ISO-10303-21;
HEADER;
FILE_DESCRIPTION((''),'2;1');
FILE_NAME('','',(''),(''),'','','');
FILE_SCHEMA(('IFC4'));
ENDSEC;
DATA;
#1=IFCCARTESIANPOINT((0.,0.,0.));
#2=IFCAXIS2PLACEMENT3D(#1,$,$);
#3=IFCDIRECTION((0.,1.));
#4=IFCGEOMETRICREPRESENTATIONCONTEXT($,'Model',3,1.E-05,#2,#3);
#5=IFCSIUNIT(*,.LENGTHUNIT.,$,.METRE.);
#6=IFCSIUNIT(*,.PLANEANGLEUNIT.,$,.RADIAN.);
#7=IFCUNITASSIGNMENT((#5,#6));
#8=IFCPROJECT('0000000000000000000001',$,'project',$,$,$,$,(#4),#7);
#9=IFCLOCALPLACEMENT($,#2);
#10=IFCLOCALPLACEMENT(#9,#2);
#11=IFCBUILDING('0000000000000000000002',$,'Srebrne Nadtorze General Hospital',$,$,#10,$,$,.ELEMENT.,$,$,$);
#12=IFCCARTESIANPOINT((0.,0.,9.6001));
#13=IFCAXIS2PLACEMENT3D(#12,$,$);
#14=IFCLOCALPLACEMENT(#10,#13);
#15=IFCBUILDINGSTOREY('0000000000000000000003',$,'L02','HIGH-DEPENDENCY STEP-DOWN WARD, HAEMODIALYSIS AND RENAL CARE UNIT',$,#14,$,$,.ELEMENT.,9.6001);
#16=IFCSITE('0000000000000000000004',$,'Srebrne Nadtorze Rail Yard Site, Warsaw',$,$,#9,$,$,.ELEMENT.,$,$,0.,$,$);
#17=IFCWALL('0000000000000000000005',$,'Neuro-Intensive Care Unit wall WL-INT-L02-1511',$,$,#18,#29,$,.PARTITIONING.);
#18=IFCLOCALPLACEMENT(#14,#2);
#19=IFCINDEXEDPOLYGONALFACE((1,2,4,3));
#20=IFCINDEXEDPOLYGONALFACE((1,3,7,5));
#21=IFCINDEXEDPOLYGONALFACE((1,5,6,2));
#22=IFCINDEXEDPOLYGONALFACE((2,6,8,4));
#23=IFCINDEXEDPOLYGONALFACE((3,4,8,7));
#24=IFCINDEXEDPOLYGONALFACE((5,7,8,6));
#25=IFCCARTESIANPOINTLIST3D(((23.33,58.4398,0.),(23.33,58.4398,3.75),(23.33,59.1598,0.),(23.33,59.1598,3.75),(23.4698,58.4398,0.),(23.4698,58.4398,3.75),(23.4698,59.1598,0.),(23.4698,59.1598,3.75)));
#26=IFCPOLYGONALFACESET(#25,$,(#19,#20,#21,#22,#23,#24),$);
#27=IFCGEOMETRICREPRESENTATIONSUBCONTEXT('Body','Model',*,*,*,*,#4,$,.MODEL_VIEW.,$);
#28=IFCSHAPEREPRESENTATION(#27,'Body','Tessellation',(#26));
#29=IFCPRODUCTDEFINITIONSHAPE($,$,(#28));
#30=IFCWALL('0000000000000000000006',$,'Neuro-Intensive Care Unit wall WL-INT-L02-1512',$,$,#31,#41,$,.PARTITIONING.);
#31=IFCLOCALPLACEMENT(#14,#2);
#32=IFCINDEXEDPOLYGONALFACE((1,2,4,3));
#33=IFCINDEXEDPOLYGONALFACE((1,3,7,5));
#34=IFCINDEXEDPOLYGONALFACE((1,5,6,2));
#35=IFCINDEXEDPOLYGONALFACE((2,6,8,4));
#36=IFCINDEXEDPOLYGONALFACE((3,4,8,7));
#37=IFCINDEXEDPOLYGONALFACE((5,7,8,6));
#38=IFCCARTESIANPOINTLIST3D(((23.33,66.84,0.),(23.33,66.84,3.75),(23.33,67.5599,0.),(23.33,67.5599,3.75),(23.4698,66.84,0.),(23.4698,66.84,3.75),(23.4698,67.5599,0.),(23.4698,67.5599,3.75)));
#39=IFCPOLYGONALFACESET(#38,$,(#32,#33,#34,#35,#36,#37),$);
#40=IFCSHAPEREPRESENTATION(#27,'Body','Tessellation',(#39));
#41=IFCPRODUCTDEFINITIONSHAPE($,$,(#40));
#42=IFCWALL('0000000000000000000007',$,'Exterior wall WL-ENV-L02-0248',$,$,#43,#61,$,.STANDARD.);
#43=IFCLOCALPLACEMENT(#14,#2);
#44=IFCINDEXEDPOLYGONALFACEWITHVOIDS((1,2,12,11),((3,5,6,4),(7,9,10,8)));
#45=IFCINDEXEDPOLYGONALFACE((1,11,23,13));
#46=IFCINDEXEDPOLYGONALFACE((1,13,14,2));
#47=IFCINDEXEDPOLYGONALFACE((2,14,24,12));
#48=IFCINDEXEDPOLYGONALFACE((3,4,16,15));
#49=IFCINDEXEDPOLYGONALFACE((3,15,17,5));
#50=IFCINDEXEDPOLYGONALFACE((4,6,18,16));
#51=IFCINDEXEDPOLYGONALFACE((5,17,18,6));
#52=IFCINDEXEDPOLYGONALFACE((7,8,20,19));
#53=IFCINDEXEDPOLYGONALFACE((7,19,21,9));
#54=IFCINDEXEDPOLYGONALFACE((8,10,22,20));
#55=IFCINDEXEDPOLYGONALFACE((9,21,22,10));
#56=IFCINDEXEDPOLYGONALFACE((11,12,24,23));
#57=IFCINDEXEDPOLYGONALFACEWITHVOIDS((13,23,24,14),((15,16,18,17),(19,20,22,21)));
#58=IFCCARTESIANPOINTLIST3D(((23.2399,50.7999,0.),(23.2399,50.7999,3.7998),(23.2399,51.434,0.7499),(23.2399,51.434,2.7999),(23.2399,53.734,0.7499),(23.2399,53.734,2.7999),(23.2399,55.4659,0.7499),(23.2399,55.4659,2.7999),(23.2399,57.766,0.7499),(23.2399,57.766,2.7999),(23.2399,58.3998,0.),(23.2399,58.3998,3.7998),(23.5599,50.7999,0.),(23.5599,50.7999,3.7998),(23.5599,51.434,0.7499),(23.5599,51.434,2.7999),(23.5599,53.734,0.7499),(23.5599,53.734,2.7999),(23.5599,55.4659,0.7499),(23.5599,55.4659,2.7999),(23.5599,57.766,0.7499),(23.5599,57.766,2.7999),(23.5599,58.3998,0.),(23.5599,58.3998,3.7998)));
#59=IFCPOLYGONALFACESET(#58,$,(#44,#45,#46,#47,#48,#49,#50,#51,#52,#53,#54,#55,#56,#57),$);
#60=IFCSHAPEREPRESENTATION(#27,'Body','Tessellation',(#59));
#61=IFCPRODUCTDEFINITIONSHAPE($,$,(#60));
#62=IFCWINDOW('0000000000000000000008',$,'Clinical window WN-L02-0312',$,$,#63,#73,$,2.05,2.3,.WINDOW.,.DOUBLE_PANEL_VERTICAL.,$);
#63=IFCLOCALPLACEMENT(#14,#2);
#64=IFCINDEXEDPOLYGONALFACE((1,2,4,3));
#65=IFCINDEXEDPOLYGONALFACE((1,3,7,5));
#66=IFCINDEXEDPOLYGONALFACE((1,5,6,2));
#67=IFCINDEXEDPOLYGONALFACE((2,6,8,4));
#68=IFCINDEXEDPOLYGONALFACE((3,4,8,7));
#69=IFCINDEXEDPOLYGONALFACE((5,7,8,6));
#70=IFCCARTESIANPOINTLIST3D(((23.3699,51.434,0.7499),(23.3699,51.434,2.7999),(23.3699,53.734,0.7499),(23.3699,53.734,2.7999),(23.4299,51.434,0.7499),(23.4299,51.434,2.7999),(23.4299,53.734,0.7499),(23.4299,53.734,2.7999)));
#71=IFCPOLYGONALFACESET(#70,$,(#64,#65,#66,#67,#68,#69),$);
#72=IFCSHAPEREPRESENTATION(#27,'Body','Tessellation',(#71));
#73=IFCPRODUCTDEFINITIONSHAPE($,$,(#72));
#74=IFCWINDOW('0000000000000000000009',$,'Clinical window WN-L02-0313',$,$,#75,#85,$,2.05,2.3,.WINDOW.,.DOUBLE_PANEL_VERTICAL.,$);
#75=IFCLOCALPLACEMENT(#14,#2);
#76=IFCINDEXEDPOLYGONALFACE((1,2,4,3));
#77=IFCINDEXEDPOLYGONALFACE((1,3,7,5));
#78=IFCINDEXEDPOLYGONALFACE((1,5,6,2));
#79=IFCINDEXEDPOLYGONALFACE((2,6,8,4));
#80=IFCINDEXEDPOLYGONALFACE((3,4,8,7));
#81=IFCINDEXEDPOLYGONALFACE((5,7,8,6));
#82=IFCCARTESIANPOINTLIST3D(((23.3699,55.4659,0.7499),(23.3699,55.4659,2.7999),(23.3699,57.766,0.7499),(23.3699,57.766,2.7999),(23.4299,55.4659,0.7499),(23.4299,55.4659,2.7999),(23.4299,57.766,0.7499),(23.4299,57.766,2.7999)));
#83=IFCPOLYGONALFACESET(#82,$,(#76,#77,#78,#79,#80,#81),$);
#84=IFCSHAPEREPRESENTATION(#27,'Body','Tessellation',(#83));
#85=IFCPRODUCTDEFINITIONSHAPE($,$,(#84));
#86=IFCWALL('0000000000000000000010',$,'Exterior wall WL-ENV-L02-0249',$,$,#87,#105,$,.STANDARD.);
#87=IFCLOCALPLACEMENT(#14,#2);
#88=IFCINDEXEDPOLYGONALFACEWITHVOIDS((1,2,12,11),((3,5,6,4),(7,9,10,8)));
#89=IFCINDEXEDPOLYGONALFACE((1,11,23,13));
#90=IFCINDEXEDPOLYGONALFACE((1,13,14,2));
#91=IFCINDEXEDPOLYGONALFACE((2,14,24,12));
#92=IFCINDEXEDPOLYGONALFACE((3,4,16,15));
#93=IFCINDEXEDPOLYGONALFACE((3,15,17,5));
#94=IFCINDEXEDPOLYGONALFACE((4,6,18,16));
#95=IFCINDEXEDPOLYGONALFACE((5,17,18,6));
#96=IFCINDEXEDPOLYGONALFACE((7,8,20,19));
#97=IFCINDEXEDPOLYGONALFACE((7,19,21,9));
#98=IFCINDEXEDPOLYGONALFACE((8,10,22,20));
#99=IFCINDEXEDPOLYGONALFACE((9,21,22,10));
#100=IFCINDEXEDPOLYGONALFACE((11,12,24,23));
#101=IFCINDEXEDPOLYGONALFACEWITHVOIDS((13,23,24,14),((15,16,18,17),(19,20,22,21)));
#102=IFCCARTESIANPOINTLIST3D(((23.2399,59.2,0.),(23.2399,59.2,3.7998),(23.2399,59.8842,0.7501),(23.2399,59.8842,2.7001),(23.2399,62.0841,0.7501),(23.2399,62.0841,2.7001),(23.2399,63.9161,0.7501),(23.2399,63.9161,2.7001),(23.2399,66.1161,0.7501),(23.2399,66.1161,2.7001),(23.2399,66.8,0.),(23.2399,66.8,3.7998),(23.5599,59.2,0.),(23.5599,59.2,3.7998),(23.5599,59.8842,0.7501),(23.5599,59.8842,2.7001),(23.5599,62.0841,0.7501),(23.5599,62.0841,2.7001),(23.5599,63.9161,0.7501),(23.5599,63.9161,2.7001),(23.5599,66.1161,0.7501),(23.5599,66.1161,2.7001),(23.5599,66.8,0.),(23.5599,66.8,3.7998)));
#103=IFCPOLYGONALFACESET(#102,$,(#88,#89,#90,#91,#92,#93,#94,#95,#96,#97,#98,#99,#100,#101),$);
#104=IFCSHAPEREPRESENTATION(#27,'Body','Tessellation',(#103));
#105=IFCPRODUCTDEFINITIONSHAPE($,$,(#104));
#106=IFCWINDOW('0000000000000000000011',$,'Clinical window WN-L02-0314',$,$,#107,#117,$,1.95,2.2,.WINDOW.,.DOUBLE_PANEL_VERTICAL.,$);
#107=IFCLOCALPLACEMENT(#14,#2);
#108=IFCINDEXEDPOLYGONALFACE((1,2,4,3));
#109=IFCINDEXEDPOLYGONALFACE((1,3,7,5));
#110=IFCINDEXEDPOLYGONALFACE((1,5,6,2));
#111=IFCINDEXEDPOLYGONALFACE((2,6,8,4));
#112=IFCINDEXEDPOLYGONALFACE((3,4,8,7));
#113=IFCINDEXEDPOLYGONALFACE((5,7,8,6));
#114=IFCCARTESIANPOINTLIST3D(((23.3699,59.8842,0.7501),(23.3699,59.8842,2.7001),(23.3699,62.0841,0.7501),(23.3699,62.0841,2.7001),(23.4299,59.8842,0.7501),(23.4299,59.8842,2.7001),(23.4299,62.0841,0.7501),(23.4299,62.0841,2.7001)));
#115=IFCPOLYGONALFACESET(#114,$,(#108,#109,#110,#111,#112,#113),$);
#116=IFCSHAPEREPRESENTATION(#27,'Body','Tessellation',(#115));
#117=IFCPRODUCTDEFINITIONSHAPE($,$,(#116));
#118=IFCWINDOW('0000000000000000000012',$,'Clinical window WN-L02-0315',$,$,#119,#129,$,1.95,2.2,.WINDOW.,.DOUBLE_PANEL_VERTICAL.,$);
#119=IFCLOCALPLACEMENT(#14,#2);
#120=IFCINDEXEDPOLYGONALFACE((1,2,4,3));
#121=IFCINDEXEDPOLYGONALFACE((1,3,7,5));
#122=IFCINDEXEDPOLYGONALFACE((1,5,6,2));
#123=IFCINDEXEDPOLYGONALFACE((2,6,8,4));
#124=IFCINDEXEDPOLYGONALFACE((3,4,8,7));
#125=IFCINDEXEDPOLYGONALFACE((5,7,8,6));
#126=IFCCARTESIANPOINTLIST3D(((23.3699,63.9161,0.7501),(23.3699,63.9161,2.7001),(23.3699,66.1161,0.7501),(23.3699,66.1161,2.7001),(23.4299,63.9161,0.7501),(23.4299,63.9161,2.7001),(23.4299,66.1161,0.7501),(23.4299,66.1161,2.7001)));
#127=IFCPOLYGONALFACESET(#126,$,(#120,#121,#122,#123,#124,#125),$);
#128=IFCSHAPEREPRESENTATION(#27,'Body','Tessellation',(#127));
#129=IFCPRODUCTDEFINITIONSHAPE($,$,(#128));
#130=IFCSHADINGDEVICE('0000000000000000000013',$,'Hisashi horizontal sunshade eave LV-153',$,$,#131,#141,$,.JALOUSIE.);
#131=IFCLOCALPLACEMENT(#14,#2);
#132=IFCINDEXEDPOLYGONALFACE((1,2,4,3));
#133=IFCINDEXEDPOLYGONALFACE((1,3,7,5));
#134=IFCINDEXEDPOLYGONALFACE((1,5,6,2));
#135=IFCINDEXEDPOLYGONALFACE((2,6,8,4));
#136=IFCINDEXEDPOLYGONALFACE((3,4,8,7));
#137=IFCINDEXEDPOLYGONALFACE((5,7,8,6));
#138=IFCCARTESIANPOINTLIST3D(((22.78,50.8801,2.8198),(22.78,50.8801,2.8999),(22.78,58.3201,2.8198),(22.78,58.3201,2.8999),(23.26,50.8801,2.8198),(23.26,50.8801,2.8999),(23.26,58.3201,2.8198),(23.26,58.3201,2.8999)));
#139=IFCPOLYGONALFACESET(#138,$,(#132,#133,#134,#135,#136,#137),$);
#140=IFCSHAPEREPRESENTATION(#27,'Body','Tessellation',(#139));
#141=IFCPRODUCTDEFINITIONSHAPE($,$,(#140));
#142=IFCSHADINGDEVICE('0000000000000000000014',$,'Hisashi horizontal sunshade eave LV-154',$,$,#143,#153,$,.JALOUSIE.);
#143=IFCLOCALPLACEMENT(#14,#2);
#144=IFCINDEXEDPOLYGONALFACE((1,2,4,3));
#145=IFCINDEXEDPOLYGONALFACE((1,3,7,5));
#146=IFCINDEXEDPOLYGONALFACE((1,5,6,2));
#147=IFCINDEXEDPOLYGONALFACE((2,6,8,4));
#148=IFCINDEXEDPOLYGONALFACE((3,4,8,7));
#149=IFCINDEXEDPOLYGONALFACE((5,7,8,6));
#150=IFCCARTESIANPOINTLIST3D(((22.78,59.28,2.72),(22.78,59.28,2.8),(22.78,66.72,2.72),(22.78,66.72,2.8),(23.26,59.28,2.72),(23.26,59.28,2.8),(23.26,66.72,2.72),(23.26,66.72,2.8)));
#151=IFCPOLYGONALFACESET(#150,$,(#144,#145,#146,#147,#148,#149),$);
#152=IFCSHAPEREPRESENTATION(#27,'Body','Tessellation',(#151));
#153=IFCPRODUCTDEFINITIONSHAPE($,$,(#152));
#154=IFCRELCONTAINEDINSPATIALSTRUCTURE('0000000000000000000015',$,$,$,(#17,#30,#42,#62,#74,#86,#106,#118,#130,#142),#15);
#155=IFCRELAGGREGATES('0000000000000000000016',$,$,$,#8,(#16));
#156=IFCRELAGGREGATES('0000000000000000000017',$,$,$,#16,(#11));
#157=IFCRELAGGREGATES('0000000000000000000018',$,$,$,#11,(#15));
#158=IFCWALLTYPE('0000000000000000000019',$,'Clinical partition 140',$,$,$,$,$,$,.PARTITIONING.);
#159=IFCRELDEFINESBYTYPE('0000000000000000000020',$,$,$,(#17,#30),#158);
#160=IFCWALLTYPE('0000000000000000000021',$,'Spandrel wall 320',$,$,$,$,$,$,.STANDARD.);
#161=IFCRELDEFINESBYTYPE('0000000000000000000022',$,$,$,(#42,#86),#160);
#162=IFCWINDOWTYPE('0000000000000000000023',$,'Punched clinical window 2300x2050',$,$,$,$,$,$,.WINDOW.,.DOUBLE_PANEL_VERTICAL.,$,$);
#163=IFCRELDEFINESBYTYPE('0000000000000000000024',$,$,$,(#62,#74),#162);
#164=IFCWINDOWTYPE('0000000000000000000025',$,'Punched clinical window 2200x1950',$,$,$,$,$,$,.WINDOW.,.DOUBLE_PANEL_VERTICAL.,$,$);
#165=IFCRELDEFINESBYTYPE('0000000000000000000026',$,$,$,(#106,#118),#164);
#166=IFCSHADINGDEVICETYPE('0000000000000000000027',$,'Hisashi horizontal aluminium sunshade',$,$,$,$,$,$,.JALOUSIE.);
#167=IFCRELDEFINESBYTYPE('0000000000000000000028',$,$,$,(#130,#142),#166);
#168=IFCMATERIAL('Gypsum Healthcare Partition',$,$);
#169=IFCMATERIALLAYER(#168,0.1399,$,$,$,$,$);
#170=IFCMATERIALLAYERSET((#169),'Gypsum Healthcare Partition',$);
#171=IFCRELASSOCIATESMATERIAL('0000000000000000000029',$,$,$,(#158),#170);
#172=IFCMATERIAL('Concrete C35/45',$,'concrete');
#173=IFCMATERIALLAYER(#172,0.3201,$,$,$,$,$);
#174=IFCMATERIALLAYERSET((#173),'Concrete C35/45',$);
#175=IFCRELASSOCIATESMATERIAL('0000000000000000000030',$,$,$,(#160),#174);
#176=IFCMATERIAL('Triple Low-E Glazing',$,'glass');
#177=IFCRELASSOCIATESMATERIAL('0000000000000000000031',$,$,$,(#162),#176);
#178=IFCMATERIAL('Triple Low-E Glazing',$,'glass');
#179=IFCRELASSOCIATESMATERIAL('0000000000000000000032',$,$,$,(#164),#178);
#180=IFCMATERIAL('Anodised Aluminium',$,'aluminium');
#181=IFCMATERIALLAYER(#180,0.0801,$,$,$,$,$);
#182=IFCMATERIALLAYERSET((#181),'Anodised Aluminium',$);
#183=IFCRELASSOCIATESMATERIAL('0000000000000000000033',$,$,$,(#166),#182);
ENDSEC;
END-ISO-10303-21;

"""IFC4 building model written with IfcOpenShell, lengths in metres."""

from ifc_helpers import new_model, si_unit, direction, frame, frame_2d, origin, origin_2d, place, context, subcontext, project, spatial, rectangle, extrude, material, layer, layer_set, type_object, element, fill, save


model = new_model("IFC4")

# Units and contexts
model_context = context("Model", 3, precision=1e-05, world=origin(), true_north=direction((0.0, 1.0)))
body_context = subcontext(model_context, "Body", "Model", "MODEL_VIEW")
ifc_project = project(units=[si_unit("LENGTHUNIT", "METRE"), si_unit("PLANEANGLEUNIT", "RADIAN")], contexts=[model_context])

# Site, building, storey
site_placement = place(None, origin())
site = spatial("IfcSite", under=ifc_project, at=site_placement, Name="Srebrne Nadtorze Rail Yard Site, Warsaw", CompositionType="ELEMENT", RefElevation=0.0)
building_placement = place(site_placement, origin())
building = spatial("IfcBuilding", under=site, at=building_placement, Name="Srebrne Nadtorze General Hospital", CompositionType="ELEMENT")
storey_placement = place(building_placement, frame((0.0, 0.0, 9.6001)))
storey = spatial("IfcBuildingStorey", under=building, at=storey_placement, Name="L02", Description="HIGH-DEPENDENCY STEP-DOWN WARD, HAEMODIALYSIS AND RENAL CARE UNIT", CompositionType="ELEMENT", Elevation=9.6001)

# Shared definitions
ifc_material_1 = material(Name="Gypsum Healthcare Partition")
ifc_layer_1 = layer(ifc_material_1, 0.1399)
ifc_layer_set_1 = layer_set([ifc_layer_1], Name="Gypsum Healthcare Partition")
wall_type_1 = type_object("IfcWallType", Name="Clinical partition 140", PredefinedType="PARTITIONING", material=ifc_layer_set_1)

# Walls
for number, where, z_axis, x_axis, name in (
    (1, (23.3999, 58.4399, 0.0), (0.0, 0.0, 1.0), (0.0, 1.0, 0.0), "Neuro-Intensive Care Unit wall WL-INT-L02-1511"),
    (2, (23.3999, 66.8401, 0.0), (0.0, 0.0, 1.0), (0.0, 1.0, 0.0), "Neuro-Intensive Care Unit wall WL-INT-L02-1512"),
):
    element("IfcWall", number, at=place(storey_placement, frame(where, z_axis=z_axis, x_axis=x_axis)), inside=storey, type_object=wall_type_1, Name=name, PredefinedType="PARTITIONING", context=body_context, shape_type="SweptSolid", body=[
        extrude(rectangle(XDim=0.72, YDim=0.1399, at=frame_2d((0.3599, 0.0))), origin(), (0.0, 0.0, 1.0), 3.75),
    ])

# Walls, openings, windows
ifc_material_2 = material(Name="Concrete C35/45", Category="concrete")
ifc_layer_2 = layer(ifc_material_2, 0.3201)
ifc_layer_set_2 = layer_set([ifc_layer_2], Name="Concrete C35/45")
wall_type_2 = type_object("IfcWallType", Name="Spandrel wall 320", PredefinedType="STANDARD", material=ifc_layer_set_2)
wall_1_placement = place(storey_placement, frame((23.3999, 50.8, 0.0), z_axis=(0.0, 0.0, 1.0), x_axis=(0.0, 1.0, 0.0)))
wall_1 = element("IfcWall", 3, at=wall_1_placement, inside=storey, type_object=wall_type_2, Name="Exterior wall WL-ENV-L02-0248", PredefinedType="STANDARD", context=body_context, shape_type="SweptSolid", body=[
    extrude(rectangle(XDim=7.5999, YDim=0.3201, at=frame_2d((3.7998, 0.0))), origin(), (0.0, 0.0, 1.0), 3.7998),
])
opening_1_placement = place(wall_1_placement, frame((0.634, 0.0, 0.75)))
opening_1 = element("IfcOpeningElement", 4, at=opening_1_placement, cuts=wall_1, PredefinedType="OPENING", context=body_context, shape_type="SweptSolid", body=[
    extrude(rectangle(XDim=2.3, YDim=2.05, at=frame_2d((1.1499, 1.0249))), frame((0.0, 0.1719, 0.0), z_axis=(0.0, -1.0, 0.0), x_axis=(1.0, 0.0, 0.0)), (0.0, 0.0, 1.0), 0.344),
])
opening_2_placement = place(wall_1_placement, frame((4.666, 0.0, 0.75)))
opening_2 = element("IfcOpeningElement", 5, at=opening_2_placement, cuts=wall_1, PredefinedType="OPENING", context=body_context, shape_type="SweptSolid", body=[
    extrude(rectangle(XDim=2.3, YDim=2.05, at=frame_2d((1.1499, 1.0249))), frame((0.0, 0.1719, 0.0), z_axis=(0.0, -1.0, 0.0), x_axis=(1.0, 0.0, 0.0)), (0.0, 0.0, 1.0), 0.344),
])
ifc_material_3 = material(Name="Triple Low-E Glazing", Category="glass")
window_type_1 = type_object("IfcWindowType", Name="Punched clinical window 2300x2050", PartitioningType="DOUBLE_PANEL_VERTICAL", PredefinedType="WINDOW", material=ifc_material_3)
window_1_placement = place(opening_1_placement, origin())
window_1 = element("IfcWindow", 6, at=window_1_placement, inside=storey, type_object=window_type_1, Name="Clinical window WN-L02-0312", OverallHeight=2.05, OverallWidth=2.3, PartitioningType="DOUBLE_PANEL_VERTICAL", PredefinedType="WINDOW", context=body_context, shape_type="SweptSolid", body=[
    extrude(rectangle(XDim=2.3, YDim=2.05, at=frame_2d((1.1499, 1.0249))), frame((0.0, 0.03, 0.0), z_axis=(0.0, -1.0, 0.0), x_axis=(1.0, 0.0, 0.0)), (0.0, 0.0, 1.0), 0.0601),
])
fill(opening_1, window_1)
window_2_placement = place(opening_2_placement, origin())
window_2 = element("IfcWindow", 7, at=window_2_placement, inside=storey, type_object=window_type_1, Name="Clinical window WN-L02-0313", OverallHeight=2.05, OverallWidth=2.3, PartitioningType="DOUBLE_PANEL_VERTICAL", PredefinedType="WINDOW", context=body_context, shape_type="SweptSolid", body=[
    extrude(rectangle(XDim=2.3, YDim=2.05, at=frame_2d((1.1499, 1.0249))), frame((0.0, 0.03, 0.0), z_axis=(0.0, -1.0, 0.0), x_axis=(1.0, 0.0, 0.0)), (0.0, 0.0, 1.0), 0.0601),
])
fill(opening_2, window_2)
wall_2_placement = place(storey_placement, frame((23.3999, 59.2, 0.0), z_axis=(0.0, 0.0, 1.0), x_axis=(0.0, 1.0, 0.0)))
wall_2 = element("IfcWall", 8, at=wall_2_placement, inside=storey, type_object=wall_type_2, Name="Exterior wall WL-ENV-L02-0249", PredefinedType="STANDARD", context=body_context, shape_type="SweptSolid", body=[
    extrude(rectangle(XDim=7.6001, YDim=0.3201, at=frame_2d((3.8, 0.0))), origin(), (0.0, 0.0, 1.0), 3.7998),
])
opening_3_placement = place(wall_2_placement, frame((0.6841, 0.0, 0.75)))
opening_3 = element("IfcOpeningElement", 9, at=opening_3_placement, cuts=wall_2, PredefinedType="OPENING", context=body_context, shape_type="SweptSolid", body=[
    extrude(rectangle(XDim=2.2, YDim=1.95, at=frame_2d((1.1001, 0.9751))), frame((0.0, 0.1719, 0.0), z_axis=(0.0, -1.0, 0.0), x_axis=(1.0, 0.0, 0.0)), (0.0, 0.0, 1.0), 0.344),
])
opening_4_placement = place(wall_2_placement, frame((4.7161, 0.0, 0.75)))
opening_4 = element("IfcOpeningElement", 10, at=opening_4_placement, cuts=wall_2, PredefinedType="OPENING", context=body_context, shape_type="SweptSolid", body=[
    extrude(rectangle(XDim=2.2, YDim=1.95, at=frame_2d((1.1001, 0.9751))), frame((0.0, 0.1719, 0.0), z_axis=(0.0, -1.0, 0.0), x_axis=(1.0, 0.0, 0.0)), (0.0, 0.0, 1.0), 0.344),
])
ifc_material_4 = material(Name="Triple Low-E Glazing", Category="glass")
window_type_2 = type_object("IfcWindowType", Name="Punched clinical window 2200x1950", PartitioningType="DOUBLE_PANEL_VERTICAL", PredefinedType="WINDOW", material=ifc_material_4)
window_3_placement = place(opening_3_placement, origin())
window_3 = element("IfcWindow", 11, at=window_3_placement, inside=storey, type_object=window_type_2, Name="Clinical window WN-L02-0314", OverallHeight=1.95, OverallWidth=2.2, PartitioningType="DOUBLE_PANEL_VERTICAL", PredefinedType="WINDOW", context=body_context, shape_type="SweptSolid", body=[
    extrude(rectangle(XDim=2.2, YDim=1.95, at=frame_2d((1.1001, 0.9751))), frame((0.0, 0.03, 0.0), z_axis=(0.0, -1.0, 0.0), x_axis=(1.0, 0.0, 0.0)), (0.0, 0.0, 1.0), 0.0601),
])
fill(opening_3, window_3)
window_4_placement = place(opening_4_placement, origin())
window_4 = element("IfcWindow", 12, at=window_4_placement, inside=storey, type_object=window_type_2, Name="Clinical window WN-L02-0315", OverallHeight=1.95, OverallWidth=2.2, PartitioningType="DOUBLE_PANEL_VERTICAL", PredefinedType="WINDOW", context=body_context, shape_type="SweptSolid", body=[
    extrude(rectangle(XDim=2.2, YDim=1.95, at=frame_2d((1.1001, 0.9751))), frame((0.0, 0.03, 0.0), z_axis=(0.0, -1.0, 0.0), x_axis=(1.0, 0.0, 0.0)), (0.0, 0.0, 1.0), 0.0601),
])
fill(opening_4, window_4)

# Shading devices
ifc_material_5 = material(Name="Anodised Aluminium", Category="aluminium")
ifc_layer_3 = layer(ifc_material_5, 0.0801)
ifc_layer_set_3 = layer_set([ifc_layer_3], Name="Anodised Aluminium")
shading_device_type = type_object("IfcShadingDeviceType", Name="Hisashi horizontal aluminium sunshade", PredefinedType="JALOUSIE", material=ifc_layer_set_3)
for number, where, z_axis, x_axis, name in (
    (13, (23.02, 54.6001, 2.8198), (0.0, 0.0, 1.0), (1.0, 0.0, 0.0), "Hisashi horizontal sunshade eave LV-153"),
    (14, (23.02, 63.0, 2.72), (0.0, 0.0, 1.0), (1.0, 0.0, 0.0), "Hisashi horizontal sunshade eave LV-154"),
):
    element("IfcShadingDevice", number, at=place(storey_placement, frame(where, z_axis=z_axis, x_axis=x_axis)), inside=storey, type_object=shading_device_type, Name=name, PredefinedType="JALOUSIE", context=body_context, shape_type="SweptSolid", body=[
        extrude(rectangle(XDim=0.48, YDim=7.4399, at=origin_2d()), origin(), (0.0, 0.0, 1.0), 0.0801),
    ])

save(model, "model.ifc")
